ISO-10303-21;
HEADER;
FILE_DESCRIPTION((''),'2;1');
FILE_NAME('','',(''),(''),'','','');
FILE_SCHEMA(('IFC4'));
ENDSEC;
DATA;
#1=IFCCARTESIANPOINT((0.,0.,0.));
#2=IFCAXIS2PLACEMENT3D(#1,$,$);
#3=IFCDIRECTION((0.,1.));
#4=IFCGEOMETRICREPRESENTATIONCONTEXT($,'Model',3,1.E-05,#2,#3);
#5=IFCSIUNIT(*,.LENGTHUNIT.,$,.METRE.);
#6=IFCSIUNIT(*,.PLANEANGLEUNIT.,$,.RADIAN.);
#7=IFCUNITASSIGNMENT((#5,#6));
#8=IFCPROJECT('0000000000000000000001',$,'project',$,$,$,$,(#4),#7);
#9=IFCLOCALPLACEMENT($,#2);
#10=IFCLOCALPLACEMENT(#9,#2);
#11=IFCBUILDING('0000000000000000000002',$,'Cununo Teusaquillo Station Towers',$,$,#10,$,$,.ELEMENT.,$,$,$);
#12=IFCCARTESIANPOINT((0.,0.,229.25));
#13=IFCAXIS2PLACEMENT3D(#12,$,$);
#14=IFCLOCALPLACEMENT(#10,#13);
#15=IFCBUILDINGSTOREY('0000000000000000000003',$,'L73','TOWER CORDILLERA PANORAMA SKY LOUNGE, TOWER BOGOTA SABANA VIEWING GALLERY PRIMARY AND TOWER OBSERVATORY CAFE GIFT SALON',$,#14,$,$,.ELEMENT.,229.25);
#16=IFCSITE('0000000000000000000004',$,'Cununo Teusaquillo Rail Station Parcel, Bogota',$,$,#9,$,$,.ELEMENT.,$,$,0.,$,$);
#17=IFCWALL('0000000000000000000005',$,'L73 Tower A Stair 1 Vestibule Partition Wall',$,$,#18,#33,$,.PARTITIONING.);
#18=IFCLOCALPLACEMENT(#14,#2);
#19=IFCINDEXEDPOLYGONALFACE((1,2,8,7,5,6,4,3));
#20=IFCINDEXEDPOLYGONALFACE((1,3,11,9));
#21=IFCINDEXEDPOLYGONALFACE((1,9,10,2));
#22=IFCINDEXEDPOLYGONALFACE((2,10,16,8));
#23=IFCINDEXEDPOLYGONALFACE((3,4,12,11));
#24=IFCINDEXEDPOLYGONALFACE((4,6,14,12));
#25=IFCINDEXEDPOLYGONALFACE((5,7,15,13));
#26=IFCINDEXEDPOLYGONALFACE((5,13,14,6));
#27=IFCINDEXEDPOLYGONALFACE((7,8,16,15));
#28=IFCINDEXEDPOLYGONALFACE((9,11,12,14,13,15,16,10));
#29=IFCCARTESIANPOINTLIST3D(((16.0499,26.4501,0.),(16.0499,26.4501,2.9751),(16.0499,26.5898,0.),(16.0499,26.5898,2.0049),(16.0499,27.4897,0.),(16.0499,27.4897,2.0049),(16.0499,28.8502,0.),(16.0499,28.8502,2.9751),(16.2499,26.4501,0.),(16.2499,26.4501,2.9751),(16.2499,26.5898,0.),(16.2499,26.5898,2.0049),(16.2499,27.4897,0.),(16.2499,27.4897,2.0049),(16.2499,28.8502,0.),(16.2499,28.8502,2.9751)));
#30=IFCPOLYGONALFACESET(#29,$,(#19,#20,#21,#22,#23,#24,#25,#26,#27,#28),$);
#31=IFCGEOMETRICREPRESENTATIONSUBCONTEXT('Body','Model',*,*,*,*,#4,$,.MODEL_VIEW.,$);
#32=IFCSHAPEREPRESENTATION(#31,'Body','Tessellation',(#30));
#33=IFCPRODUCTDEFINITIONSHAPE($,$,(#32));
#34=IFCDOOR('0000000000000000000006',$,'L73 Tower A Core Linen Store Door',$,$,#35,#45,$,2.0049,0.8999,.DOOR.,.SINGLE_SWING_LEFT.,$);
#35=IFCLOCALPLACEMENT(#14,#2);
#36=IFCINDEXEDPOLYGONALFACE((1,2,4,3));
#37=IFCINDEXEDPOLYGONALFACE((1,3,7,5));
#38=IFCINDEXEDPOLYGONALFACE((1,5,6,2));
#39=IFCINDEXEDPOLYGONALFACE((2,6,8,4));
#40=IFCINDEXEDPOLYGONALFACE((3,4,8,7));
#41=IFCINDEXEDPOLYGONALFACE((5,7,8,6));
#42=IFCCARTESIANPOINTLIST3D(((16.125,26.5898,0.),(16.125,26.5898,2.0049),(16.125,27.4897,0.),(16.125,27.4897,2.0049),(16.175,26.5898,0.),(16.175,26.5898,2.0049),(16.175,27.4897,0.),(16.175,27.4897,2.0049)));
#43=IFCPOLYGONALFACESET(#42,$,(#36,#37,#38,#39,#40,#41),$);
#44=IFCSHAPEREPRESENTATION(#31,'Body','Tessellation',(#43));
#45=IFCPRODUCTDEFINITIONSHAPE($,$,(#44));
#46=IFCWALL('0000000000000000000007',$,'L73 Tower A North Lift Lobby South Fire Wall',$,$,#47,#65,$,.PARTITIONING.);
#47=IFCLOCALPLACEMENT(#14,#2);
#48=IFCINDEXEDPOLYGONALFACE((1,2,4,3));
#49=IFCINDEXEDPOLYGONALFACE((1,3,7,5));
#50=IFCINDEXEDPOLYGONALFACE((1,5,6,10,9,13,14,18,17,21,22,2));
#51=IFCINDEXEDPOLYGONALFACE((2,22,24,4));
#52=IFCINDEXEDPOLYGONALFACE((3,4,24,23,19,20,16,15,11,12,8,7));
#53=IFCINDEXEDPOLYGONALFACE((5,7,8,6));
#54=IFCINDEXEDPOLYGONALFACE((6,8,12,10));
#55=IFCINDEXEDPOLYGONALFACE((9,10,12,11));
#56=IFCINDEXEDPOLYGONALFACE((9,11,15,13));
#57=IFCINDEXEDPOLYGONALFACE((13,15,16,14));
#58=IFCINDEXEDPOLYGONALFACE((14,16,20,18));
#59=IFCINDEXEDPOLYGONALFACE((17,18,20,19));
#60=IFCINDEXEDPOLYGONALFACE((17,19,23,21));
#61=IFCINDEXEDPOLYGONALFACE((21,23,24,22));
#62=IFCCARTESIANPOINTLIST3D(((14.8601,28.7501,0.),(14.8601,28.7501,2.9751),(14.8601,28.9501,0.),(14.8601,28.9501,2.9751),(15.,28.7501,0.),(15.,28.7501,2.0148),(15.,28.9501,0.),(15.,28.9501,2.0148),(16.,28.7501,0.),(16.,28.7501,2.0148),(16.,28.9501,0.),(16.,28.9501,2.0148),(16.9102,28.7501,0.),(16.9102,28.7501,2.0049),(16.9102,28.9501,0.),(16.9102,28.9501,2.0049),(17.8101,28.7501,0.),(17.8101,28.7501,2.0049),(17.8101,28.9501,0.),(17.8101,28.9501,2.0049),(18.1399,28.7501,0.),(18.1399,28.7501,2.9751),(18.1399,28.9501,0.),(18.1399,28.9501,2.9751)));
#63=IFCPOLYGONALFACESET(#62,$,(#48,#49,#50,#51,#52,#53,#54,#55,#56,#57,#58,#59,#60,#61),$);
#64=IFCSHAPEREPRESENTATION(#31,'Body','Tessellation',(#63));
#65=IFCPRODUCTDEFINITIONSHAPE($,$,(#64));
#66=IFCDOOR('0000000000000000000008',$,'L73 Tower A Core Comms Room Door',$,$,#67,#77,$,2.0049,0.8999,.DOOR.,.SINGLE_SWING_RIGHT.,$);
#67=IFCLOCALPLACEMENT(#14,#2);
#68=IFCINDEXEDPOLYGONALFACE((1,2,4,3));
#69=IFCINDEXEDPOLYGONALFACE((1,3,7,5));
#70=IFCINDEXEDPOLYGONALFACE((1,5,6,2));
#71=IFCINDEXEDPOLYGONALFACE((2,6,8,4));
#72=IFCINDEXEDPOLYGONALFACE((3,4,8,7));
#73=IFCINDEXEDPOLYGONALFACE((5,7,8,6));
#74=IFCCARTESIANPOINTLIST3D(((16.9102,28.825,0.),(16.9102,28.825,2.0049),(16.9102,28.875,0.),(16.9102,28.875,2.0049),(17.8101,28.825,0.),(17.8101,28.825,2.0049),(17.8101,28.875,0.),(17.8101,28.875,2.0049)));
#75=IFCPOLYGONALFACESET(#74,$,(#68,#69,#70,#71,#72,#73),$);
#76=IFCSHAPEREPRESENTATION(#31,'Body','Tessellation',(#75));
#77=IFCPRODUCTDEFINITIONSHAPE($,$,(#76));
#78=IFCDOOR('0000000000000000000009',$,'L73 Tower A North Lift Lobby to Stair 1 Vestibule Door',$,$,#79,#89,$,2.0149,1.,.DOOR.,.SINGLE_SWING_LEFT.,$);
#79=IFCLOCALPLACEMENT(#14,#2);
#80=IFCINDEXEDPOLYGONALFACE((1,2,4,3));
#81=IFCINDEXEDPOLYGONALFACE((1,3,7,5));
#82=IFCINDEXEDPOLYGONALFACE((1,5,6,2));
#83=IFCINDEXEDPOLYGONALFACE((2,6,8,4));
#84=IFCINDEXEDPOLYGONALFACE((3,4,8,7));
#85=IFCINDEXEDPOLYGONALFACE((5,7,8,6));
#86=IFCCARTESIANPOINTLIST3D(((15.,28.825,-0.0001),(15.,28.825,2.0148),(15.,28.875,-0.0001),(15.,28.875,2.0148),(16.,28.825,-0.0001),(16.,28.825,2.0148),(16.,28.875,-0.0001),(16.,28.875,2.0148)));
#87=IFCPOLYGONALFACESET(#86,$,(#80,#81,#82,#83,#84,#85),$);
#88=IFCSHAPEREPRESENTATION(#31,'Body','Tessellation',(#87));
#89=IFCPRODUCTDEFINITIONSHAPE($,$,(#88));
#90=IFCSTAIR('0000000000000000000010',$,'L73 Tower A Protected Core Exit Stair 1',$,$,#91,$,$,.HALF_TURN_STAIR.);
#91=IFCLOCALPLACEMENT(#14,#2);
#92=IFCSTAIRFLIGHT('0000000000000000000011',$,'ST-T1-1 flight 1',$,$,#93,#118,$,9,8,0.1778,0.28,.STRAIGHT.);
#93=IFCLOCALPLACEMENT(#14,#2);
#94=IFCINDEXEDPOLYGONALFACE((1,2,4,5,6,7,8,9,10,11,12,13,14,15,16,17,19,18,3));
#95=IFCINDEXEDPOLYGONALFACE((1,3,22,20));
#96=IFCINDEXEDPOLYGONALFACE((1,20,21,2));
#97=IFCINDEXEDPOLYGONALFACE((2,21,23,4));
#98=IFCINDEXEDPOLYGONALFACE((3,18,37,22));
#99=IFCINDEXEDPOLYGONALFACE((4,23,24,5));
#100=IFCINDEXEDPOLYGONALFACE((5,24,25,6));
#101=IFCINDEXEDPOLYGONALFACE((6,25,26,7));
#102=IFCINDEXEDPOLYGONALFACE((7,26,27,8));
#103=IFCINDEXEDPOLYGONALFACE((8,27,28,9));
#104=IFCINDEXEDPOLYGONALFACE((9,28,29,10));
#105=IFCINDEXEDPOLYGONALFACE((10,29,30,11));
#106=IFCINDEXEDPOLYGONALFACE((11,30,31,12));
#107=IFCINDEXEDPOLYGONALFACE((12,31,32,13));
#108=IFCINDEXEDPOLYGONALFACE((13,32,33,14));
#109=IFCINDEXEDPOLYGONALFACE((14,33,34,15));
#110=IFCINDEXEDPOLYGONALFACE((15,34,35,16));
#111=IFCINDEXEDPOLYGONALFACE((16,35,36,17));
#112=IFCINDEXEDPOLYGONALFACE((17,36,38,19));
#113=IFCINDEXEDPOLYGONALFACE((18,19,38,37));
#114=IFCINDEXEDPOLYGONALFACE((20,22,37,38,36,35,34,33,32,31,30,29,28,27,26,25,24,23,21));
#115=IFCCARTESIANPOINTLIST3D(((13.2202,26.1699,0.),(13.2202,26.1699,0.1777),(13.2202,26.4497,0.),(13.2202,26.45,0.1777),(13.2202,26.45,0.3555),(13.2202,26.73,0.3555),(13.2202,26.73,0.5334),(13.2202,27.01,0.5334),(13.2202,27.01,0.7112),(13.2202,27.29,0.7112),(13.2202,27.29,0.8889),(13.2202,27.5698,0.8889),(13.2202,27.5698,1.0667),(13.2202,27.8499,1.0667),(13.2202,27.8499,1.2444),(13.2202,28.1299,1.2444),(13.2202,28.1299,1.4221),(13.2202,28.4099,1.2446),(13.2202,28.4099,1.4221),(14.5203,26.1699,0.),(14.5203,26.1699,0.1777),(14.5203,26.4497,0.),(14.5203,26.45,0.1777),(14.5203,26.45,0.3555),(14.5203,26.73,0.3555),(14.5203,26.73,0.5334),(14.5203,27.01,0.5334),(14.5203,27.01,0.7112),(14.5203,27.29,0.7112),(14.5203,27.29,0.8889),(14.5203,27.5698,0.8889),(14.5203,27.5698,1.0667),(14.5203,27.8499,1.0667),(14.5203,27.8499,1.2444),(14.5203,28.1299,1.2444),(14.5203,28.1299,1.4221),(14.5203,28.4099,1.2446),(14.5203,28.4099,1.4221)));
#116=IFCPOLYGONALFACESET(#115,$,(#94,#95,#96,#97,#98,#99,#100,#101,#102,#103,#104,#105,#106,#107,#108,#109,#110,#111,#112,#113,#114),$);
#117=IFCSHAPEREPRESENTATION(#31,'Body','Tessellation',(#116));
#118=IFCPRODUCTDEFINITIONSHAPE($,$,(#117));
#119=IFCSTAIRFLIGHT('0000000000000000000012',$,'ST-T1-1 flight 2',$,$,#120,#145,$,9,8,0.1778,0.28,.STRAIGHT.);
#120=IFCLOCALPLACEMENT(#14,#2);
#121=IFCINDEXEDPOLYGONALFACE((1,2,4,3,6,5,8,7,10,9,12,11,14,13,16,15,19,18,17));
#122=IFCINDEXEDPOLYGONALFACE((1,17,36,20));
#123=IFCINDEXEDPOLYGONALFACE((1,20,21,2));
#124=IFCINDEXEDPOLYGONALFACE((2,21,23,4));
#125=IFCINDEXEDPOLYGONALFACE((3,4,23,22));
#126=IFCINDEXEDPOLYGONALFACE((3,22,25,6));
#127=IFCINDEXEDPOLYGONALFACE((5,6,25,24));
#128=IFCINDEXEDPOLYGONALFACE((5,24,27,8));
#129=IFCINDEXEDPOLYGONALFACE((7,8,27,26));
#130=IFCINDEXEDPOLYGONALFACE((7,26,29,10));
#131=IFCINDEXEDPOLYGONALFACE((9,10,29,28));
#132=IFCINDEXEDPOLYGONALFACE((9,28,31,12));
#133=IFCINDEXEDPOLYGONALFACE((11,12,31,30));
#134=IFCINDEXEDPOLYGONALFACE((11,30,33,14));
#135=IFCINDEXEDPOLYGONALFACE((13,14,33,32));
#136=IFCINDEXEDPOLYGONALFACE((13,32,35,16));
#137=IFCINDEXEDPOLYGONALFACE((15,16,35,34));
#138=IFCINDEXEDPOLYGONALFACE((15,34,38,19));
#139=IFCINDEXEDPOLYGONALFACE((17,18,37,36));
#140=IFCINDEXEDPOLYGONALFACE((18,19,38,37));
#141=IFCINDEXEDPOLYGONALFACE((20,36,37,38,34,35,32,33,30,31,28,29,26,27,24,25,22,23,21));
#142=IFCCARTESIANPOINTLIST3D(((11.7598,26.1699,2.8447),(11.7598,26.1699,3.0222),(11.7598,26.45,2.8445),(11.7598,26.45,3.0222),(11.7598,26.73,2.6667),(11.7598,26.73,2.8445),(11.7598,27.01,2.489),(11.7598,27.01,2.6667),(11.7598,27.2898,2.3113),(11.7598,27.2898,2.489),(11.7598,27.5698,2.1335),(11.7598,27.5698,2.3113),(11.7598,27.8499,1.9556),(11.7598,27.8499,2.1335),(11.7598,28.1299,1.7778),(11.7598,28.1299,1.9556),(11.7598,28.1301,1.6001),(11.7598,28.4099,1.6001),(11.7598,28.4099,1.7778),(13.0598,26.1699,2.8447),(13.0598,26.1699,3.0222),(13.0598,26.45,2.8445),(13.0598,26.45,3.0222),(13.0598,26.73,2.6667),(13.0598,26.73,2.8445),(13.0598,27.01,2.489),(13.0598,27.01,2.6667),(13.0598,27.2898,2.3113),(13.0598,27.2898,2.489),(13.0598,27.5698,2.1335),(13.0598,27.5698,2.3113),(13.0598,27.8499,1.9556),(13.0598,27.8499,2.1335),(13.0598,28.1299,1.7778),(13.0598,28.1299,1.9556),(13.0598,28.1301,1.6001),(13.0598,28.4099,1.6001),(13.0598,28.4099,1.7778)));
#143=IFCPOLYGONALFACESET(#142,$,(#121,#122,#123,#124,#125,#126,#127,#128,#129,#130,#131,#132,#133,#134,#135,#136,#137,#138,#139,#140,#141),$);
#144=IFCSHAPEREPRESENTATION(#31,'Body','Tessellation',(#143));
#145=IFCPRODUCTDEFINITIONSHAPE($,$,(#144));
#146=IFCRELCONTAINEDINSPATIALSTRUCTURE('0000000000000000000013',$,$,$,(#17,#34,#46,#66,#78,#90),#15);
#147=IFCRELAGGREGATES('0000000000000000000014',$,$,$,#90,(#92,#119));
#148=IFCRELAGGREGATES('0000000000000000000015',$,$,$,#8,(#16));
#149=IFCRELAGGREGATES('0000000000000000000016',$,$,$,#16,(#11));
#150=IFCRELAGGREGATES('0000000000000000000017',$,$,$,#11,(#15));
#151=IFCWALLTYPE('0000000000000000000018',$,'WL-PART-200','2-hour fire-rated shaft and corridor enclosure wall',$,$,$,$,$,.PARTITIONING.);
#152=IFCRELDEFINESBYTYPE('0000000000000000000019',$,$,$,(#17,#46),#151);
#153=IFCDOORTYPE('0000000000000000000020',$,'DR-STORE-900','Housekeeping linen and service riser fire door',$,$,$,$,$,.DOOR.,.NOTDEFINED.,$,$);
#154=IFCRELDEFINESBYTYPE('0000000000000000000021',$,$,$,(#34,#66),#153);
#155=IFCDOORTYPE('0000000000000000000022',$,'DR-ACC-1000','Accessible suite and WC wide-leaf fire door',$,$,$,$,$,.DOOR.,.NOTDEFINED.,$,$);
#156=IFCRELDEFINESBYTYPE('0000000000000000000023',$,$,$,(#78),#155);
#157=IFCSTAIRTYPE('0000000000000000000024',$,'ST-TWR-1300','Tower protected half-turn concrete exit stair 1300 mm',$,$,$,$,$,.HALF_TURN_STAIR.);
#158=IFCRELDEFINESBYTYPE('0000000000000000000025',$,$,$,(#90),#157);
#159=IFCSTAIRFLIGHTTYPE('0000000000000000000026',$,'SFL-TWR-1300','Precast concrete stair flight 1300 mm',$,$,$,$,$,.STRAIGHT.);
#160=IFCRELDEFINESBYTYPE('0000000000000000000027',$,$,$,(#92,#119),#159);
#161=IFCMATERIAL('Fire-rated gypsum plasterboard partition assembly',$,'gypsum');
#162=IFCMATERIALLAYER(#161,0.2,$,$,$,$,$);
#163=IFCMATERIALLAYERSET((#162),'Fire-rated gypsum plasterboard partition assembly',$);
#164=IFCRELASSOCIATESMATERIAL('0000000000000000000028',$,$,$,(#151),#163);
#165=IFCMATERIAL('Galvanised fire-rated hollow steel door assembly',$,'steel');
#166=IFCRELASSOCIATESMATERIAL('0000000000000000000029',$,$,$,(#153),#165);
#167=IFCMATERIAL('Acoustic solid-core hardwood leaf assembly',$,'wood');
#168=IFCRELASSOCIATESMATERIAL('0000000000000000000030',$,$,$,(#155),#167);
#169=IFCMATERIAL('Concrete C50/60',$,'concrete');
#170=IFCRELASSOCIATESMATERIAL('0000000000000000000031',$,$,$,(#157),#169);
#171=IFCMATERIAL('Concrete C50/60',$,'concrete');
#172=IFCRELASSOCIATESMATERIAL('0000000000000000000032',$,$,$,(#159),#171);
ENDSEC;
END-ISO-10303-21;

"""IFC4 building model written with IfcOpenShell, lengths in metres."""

from ifc_helpers import new_model, si_unit, direction, frame, frame_2d, origin, place, context, subcontext, project, spatial, polyline, rectangle, outline, extrude, source, transform, mapped, material, layer, layer_set, type_object, element, fill, aggregate, save


model = new_model("IFC4")

# Units and contexts
model_context = context("Model", 3, precision=1e-05, world=origin(), true_north=direction((0.0, 1.0)))
body_context = subcontext(model_context, "Body", "Model", "MODEL_VIEW")
ifc_project = project(units=[si_unit("LENGTHUNIT", "METRE"), si_unit("PLANEANGLEUNIT", "RADIAN")], contexts=[model_context])

# Site, building, storey
site_placement = place(None, origin())
site = spatial("IfcSite", under=ifc_project, at=site_placement, Name="Cununo Teusaquillo Rail Station Parcel, Bogota", CompositionType="ELEMENT", RefElevation=0.0)
building_placement = place(site_placement, origin())
building = spatial("IfcBuilding", under=site, at=building_placement, Name="Cununo Teusaquillo Station Towers", CompositionType="ELEMENT")
storey_placement = place(building_placement, frame((0.0, 0.0, 229.25)))
storey = spatial("IfcBuildingStorey", under=building, at=storey_placement, Name="L73", Description="TOWER CORDILLERA PANORAMA SKY LOUNGE, TOWER BOGOTA SABANA VIEWING GALLERY PRIMARY AND TOWER OBSERVATORY CAFE GIFT SALON", CompositionType="ELEMENT", Elevation=229.25)

# Shared definitions
shared_shape_1 = source(origin(), body_context, "Body", "SweptSolid", [
    extrude(rectangle(XDim=0.8999, YDim=2.0049, at=frame_2d((0.45, 1.0024))), frame((0.0, 0.0249, 0.0), z_axis=(0.0, -1.0, 0.0), x_axis=(1.0, 0.0, 0.0)), (0.0, 0.0, 1.0), 0.05),
])

# Wall, opening, door
ifc_material_1 = material(Name="Fire-rated gypsum plasterboard partition assembly", Category="gypsum")
ifc_layer_1 = layer(ifc_material_1, 0.2)
ifc_layer_set_1 = layer_set([ifc_layer_1], Name="Fire-rated gypsum plasterboard partition assembly")
wall_type_1 = type_object("IfcWallType", Name="WL-PART-200", Description="2-hour fire-rated shaft and corridor enclosure wall", PredefinedType="PARTITIONING", material=ifc_layer_set_1)
shared_shape_2 = source(origin(), body_context, "Body", "SweptSolid", [
    extrude(rectangle(XDim=0.8999, YDim=2.0049, at=frame_2d((0.45, 1.0024))), frame((0.0, 0.1099, 0.0), z_axis=(0.0, -1.0, 0.0), x_axis=(1.0, 0.0, 0.0)), (0.0, 0.0, 1.0), 0.22),
])
ifc_material_2 = material(Name="Galvanised fire-rated hollow steel door assembly", Category="steel")
door_type_1 = type_object("IfcDoorType", Name="DR-STORE-900", Description="Housekeeping linen and service riser fire door", OperationType="NOTDEFINED", PredefinedType="DOOR", material=ifc_material_2)
wall_1_placement = place(storey_placement, frame((16.1499, 26.45, 0.0), z_axis=(0.0, 0.0, 1.0), x_axis=(0.0, 1.0, 0.0)))
wall_1 = element("IfcWall", 1, at=wall_1_placement, inside=storey, type_object=wall_type_1, Name="L73 Tower A Stair 1 Vestibule Partition Wall", PredefinedType="PARTITIONING", context=body_context, shape_type="SweptSolid", body=[
    extrude(rectangle(XDim=2.4001, YDim=0.2, at=frame_2d((1.2002, 0.0))), origin(), (0.0, 0.0, 1.0), 2.9751),
])
opening_1_placement = place(wall_1_placement, frame((0.1399, 0.0, 0.0)))
opening_1 = element("IfcOpeningElement", 2, at=opening_1_placement, cuts=wall_1, PredefinedType="OPENING", context=body_context, shape_type="MappedRepresentation", body=[
    mapped(shared_shape_2, transform((0.0, 0.0, 0.0), x_axis=(1.0, 0.0, 0.0), y_axis=(0.0, 1.0, 0.0), z_axis=(0.0, 0.0, 1.0), scale=1.0)),
])
door_1_placement = place(opening_1_placement, origin())
door_1 = element("IfcDoor", 3, at=door_1_placement, inside=storey, type_object=door_type_1, Name="L73 Tower A Core Linen Store Door", OperationType="SINGLE_SWING_LEFT", OverallHeight=2.0049, OverallWidth=0.8999, PredefinedType="DOOR", context=body_context, shape_type="MappedRepresentation", body=[
    mapped(shared_shape_1, transform((0.0, 0.0, 0.0), x_axis=(1.0, 0.0, 0.0), y_axis=(0.0, 1.0, 0.0), z_axis=(0.0, 0.0, 1.0), scale=1.0)),
])
fill(opening_1, door_1)

# Wall, openings, doors
wall_2_placement = place(storey_placement, frame((14.8601, 28.8501, 0.0), z_axis=(0.0, 0.0, 1.0), x_axis=(1.0, 0.0, 0.0)))
wall_2 = element("IfcWall", 4, at=wall_2_placement, inside=storey, type_object=wall_type_1, Name="L73 Tower A North Lift Lobby South Fire Wall", PredefinedType="PARTITIONING", context=body_context, shape_type="SweptSolid", body=[
    extrude(rectangle(XDim=3.2798, YDim=0.2, at=frame_2d((1.6399, 0.0))), origin(), (0.0, 0.0, 1.0), 2.9751),
])
shared_shape_3 = source(origin(), body_context, "Body", "SweptSolid", [
    extrude(rectangle(XDim=1.0, YDim=2.0149, at=frame_2d((0.5, 1.0073))), frame((0.0, 0.1099, 0.0), z_axis=(0.0, -1.0, 0.0), x_axis=(1.0, 0.0, 0.0)), (0.0, 0.0, 1.0), 0.22),
])
opening_2_placement = place(wall_2_placement, frame((0.1399, 0.0, 0.0)))
opening_2 = element("IfcOpeningElement", 5, at=opening_2_placement, cuts=wall_2, PredefinedType="OPENING", context=body_context, shape_type="MappedRepresentation", body=[
    mapped(shared_shape_3, transform((0.0, 0.0, 0.0), x_axis=(1.0, 0.0, 0.0), y_axis=(0.0, 1.0, 0.0), z_axis=(0.0, 0.0, 1.0), scale=1.0)),
])
opening_3_placement = place(wall_2_placement, frame((2.05, 0.0, 0.0)))
opening_3 = element("IfcOpeningElement", 6, at=opening_3_placement, cuts=wall_2, PredefinedType="OPENING", context=body_context, shape_type="MappedRepresentation", body=[
    mapped(shared_shape_2, transform((0.0, 0.0, 0.0), x_axis=(1.0, 0.0, 0.0), y_axis=(0.0, 1.0, 0.0), z_axis=(0.0, 0.0, 1.0), scale=1.0)),
])
door_2_placement = place(opening_3_placement, origin())
door_2 = element("IfcDoor", 7, at=door_2_placement, inside=storey, type_object=door_type_1, Name="L73 Tower A Core Comms Room Door", OperationType="SINGLE_SWING_RIGHT", OverallHeight=2.0049, OverallWidth=0.8999, PredefinedType="DOOR", context=body_context, shape_type="MappedRepresentation", body=[
    mapped(shared_shape_1, transform((0.0, 0.0, 0.0), x_axis=(1.0, 0.0, 0.0), y_axis=(0.0, 1.0, 0.0), z_axis=(0.0, 0.0, 1.0), scale=1.0)),
])
fill(opening_3, door_2)
ifc_material_3 = material(Name="Acoustic solid-core hardwood leaf assembly", Category="wood")
door_type_2 = type_object("IfcDoorType", Name="DR-ACC-1000", Description="Accessible suite and WC wide-leaf fire door", OperationType="NOTDEFINED", PredefinedType="DOOR", material=ifc_material_3)
shared_shape_4 = source(origin(), body_context, "Body", "SweptSolid", [
    extrude(rectangle(XDim=1.0, YDim=2.0149, at=frame_2d((0.5, 1.0073))), frame((0.0, 0.0249, 0.0), z_axis=(0.0, -1.0, 0.0), x_axis=(1.0, 0.0, 0.0)), (0.0, 0.0, 1.0), 0.05),
])
door_3_placement = place(opening_2_placement, origin())
door_3 = element("IfcDoor", 8, at=door_3_placement, inside=storey, type_object=door_type_2, Name="L73 Tower A North Lift Lobby to Stair 1 Vestibule Door", OperationType="SINGLE_SWING_LEFT", OverallHeight=2.0149, OverallWidth=1.0, PredefinedType="DOOR", context=body_context, shape_type="MappedRepresentation", body=[
    mapped(shared_shape_4, transform((0.0, 0.0, 0.0), x_axis=(1.0, 0.0, 0.0), y_axis=(0.0, 1.0, 0.0), z_axis=(0.0, 0.0, 1.0), scale=1.0)),
])
fill(opening_2, door_3)

# Stair, stair flights
ifc_material_4 = material(Name="Concrete C50/60", Category="concrete")
stair_type = type_object("IfcStairType", Name="ST-TWR-1300", Description="Tower protected half-turn concrete exit stair 1300 mm", PredefinedType="HALF_TURN_STAIR", material=ifc_material_4)
stair_placement = place(storey_placement, origin())
stair = element("IfcStair", 9, at=stair_placement, inside=storey, type_object=stair_type, Name="L73 Tower A Protected Core Exit Stair 1", PredefinedType="HALF_TURN_STAIR")
ifc_material_5 = material(Name="Concrete C50/60", Category="concrete")
stair_flight_type = type_object("IfcStairFlightType", Name="SFL-TWR-1300", Description="Precast concrete stair flight 1300 mm", PredefinedType="STRAIGHT", material=ifc_material_5)
stair_flight_1_placement = place(storey_placement, frame((13.8701, 26.1699, 0.0), z_axis=(0.0, 0.0, 1.0), x_axis=(0.0, 1.0, 0.0)))
stair_flight_1 = element("IfcStairFlight", 10, at=stair_flight_1_placement, type_object=stair_flight_type, Name="ST-T1-1 flight 1", NumberOfRisers=9, NumberOfTreads=8, PredefinedType="STRAIGHT", RiserHeight=0.1778, TreadLength=0.28, context=body_context, shape_type="SweptSolid", body=[
    extrude(outline(polyline([(0.0, 0.0), (0.0, 0.1777), (0.28, 0.1777), (0.28, 0.3555), (0.5601, 0.3555), (0.5601, 0.5334), (0.8401, 0.5334), (0.8401, 0.7112), (1.1201, 0.7112), (1.1201, 0.8889), (1.3999, 0.8889), (1.3999, 1.0667), (1.6799, 1.0667), (1.6799, 1.2444), (1.96, 1.2444), (1.96, 1.4221), (2.24, 1.4221), (2.24, 1.6001), (2.24, 1.2446), (0.2798, 0.0), (0.0, 0.0)])), frame((0.0, 0.6499, 0.0), z_axis=(0.0, -1.0, 0.0), x_axis=(1.0, 0.0, 0.0)), (0.0, 0.0, 1.0), 1.3),
])
stair_flight_2_placement = place(storey_placement, frame((12.4099, 28.4099, 1.6001), z_axis=(0.0, 0.0, 1.0), x_axis=(0.0, -1.0, 0.0)))
stair_flight_2 = element("IfcStairFlight", 11, at=stair_flight_2_placement, type_object=stair_flight_type, Name="ST-T1-1 flight 2", NumberOfRisers=9, NumberOfTreads=8, PredefinedType="STRAIGHT", RiserHeight=0.1778, TreadLength=0.28, context=body_context, shape_type="SweptSolid", body=[
    extrude(outline(polyline([(0.0, 0.0), (0.0, 0.1777), (0.28, 0.1777), (0.28, 0.3555), (0.5601, 0.3555), (0.5601, 0.5334), (0.8401, 0.5334), (0.8401, 0.7112), (1.1201, 0.7112), (1.1201, 0.8889), (1.3999, 0.8889), (1.3999, 1.0667), (1.6799, 1.0667), (1.6799, 1.2444), (1.96, 1.2444), (1.96, 1.4221), (2.24, 1.4221), (2.24, 1.6001), (2.24, 1.2446), (0.2798, 0.0), (0.0, 0.0)])), frame((0.0, 0.6499, 0.0), z_axis=(0.0, -1.0, 0.0), x_axis=(1.0, 0.0, 0.0)), (0.0, 0.0, 1.0), 1.3),
])
aggregate(stair, [stair_flight_1, stair_flight_2])

save(model, "model.ifc")
